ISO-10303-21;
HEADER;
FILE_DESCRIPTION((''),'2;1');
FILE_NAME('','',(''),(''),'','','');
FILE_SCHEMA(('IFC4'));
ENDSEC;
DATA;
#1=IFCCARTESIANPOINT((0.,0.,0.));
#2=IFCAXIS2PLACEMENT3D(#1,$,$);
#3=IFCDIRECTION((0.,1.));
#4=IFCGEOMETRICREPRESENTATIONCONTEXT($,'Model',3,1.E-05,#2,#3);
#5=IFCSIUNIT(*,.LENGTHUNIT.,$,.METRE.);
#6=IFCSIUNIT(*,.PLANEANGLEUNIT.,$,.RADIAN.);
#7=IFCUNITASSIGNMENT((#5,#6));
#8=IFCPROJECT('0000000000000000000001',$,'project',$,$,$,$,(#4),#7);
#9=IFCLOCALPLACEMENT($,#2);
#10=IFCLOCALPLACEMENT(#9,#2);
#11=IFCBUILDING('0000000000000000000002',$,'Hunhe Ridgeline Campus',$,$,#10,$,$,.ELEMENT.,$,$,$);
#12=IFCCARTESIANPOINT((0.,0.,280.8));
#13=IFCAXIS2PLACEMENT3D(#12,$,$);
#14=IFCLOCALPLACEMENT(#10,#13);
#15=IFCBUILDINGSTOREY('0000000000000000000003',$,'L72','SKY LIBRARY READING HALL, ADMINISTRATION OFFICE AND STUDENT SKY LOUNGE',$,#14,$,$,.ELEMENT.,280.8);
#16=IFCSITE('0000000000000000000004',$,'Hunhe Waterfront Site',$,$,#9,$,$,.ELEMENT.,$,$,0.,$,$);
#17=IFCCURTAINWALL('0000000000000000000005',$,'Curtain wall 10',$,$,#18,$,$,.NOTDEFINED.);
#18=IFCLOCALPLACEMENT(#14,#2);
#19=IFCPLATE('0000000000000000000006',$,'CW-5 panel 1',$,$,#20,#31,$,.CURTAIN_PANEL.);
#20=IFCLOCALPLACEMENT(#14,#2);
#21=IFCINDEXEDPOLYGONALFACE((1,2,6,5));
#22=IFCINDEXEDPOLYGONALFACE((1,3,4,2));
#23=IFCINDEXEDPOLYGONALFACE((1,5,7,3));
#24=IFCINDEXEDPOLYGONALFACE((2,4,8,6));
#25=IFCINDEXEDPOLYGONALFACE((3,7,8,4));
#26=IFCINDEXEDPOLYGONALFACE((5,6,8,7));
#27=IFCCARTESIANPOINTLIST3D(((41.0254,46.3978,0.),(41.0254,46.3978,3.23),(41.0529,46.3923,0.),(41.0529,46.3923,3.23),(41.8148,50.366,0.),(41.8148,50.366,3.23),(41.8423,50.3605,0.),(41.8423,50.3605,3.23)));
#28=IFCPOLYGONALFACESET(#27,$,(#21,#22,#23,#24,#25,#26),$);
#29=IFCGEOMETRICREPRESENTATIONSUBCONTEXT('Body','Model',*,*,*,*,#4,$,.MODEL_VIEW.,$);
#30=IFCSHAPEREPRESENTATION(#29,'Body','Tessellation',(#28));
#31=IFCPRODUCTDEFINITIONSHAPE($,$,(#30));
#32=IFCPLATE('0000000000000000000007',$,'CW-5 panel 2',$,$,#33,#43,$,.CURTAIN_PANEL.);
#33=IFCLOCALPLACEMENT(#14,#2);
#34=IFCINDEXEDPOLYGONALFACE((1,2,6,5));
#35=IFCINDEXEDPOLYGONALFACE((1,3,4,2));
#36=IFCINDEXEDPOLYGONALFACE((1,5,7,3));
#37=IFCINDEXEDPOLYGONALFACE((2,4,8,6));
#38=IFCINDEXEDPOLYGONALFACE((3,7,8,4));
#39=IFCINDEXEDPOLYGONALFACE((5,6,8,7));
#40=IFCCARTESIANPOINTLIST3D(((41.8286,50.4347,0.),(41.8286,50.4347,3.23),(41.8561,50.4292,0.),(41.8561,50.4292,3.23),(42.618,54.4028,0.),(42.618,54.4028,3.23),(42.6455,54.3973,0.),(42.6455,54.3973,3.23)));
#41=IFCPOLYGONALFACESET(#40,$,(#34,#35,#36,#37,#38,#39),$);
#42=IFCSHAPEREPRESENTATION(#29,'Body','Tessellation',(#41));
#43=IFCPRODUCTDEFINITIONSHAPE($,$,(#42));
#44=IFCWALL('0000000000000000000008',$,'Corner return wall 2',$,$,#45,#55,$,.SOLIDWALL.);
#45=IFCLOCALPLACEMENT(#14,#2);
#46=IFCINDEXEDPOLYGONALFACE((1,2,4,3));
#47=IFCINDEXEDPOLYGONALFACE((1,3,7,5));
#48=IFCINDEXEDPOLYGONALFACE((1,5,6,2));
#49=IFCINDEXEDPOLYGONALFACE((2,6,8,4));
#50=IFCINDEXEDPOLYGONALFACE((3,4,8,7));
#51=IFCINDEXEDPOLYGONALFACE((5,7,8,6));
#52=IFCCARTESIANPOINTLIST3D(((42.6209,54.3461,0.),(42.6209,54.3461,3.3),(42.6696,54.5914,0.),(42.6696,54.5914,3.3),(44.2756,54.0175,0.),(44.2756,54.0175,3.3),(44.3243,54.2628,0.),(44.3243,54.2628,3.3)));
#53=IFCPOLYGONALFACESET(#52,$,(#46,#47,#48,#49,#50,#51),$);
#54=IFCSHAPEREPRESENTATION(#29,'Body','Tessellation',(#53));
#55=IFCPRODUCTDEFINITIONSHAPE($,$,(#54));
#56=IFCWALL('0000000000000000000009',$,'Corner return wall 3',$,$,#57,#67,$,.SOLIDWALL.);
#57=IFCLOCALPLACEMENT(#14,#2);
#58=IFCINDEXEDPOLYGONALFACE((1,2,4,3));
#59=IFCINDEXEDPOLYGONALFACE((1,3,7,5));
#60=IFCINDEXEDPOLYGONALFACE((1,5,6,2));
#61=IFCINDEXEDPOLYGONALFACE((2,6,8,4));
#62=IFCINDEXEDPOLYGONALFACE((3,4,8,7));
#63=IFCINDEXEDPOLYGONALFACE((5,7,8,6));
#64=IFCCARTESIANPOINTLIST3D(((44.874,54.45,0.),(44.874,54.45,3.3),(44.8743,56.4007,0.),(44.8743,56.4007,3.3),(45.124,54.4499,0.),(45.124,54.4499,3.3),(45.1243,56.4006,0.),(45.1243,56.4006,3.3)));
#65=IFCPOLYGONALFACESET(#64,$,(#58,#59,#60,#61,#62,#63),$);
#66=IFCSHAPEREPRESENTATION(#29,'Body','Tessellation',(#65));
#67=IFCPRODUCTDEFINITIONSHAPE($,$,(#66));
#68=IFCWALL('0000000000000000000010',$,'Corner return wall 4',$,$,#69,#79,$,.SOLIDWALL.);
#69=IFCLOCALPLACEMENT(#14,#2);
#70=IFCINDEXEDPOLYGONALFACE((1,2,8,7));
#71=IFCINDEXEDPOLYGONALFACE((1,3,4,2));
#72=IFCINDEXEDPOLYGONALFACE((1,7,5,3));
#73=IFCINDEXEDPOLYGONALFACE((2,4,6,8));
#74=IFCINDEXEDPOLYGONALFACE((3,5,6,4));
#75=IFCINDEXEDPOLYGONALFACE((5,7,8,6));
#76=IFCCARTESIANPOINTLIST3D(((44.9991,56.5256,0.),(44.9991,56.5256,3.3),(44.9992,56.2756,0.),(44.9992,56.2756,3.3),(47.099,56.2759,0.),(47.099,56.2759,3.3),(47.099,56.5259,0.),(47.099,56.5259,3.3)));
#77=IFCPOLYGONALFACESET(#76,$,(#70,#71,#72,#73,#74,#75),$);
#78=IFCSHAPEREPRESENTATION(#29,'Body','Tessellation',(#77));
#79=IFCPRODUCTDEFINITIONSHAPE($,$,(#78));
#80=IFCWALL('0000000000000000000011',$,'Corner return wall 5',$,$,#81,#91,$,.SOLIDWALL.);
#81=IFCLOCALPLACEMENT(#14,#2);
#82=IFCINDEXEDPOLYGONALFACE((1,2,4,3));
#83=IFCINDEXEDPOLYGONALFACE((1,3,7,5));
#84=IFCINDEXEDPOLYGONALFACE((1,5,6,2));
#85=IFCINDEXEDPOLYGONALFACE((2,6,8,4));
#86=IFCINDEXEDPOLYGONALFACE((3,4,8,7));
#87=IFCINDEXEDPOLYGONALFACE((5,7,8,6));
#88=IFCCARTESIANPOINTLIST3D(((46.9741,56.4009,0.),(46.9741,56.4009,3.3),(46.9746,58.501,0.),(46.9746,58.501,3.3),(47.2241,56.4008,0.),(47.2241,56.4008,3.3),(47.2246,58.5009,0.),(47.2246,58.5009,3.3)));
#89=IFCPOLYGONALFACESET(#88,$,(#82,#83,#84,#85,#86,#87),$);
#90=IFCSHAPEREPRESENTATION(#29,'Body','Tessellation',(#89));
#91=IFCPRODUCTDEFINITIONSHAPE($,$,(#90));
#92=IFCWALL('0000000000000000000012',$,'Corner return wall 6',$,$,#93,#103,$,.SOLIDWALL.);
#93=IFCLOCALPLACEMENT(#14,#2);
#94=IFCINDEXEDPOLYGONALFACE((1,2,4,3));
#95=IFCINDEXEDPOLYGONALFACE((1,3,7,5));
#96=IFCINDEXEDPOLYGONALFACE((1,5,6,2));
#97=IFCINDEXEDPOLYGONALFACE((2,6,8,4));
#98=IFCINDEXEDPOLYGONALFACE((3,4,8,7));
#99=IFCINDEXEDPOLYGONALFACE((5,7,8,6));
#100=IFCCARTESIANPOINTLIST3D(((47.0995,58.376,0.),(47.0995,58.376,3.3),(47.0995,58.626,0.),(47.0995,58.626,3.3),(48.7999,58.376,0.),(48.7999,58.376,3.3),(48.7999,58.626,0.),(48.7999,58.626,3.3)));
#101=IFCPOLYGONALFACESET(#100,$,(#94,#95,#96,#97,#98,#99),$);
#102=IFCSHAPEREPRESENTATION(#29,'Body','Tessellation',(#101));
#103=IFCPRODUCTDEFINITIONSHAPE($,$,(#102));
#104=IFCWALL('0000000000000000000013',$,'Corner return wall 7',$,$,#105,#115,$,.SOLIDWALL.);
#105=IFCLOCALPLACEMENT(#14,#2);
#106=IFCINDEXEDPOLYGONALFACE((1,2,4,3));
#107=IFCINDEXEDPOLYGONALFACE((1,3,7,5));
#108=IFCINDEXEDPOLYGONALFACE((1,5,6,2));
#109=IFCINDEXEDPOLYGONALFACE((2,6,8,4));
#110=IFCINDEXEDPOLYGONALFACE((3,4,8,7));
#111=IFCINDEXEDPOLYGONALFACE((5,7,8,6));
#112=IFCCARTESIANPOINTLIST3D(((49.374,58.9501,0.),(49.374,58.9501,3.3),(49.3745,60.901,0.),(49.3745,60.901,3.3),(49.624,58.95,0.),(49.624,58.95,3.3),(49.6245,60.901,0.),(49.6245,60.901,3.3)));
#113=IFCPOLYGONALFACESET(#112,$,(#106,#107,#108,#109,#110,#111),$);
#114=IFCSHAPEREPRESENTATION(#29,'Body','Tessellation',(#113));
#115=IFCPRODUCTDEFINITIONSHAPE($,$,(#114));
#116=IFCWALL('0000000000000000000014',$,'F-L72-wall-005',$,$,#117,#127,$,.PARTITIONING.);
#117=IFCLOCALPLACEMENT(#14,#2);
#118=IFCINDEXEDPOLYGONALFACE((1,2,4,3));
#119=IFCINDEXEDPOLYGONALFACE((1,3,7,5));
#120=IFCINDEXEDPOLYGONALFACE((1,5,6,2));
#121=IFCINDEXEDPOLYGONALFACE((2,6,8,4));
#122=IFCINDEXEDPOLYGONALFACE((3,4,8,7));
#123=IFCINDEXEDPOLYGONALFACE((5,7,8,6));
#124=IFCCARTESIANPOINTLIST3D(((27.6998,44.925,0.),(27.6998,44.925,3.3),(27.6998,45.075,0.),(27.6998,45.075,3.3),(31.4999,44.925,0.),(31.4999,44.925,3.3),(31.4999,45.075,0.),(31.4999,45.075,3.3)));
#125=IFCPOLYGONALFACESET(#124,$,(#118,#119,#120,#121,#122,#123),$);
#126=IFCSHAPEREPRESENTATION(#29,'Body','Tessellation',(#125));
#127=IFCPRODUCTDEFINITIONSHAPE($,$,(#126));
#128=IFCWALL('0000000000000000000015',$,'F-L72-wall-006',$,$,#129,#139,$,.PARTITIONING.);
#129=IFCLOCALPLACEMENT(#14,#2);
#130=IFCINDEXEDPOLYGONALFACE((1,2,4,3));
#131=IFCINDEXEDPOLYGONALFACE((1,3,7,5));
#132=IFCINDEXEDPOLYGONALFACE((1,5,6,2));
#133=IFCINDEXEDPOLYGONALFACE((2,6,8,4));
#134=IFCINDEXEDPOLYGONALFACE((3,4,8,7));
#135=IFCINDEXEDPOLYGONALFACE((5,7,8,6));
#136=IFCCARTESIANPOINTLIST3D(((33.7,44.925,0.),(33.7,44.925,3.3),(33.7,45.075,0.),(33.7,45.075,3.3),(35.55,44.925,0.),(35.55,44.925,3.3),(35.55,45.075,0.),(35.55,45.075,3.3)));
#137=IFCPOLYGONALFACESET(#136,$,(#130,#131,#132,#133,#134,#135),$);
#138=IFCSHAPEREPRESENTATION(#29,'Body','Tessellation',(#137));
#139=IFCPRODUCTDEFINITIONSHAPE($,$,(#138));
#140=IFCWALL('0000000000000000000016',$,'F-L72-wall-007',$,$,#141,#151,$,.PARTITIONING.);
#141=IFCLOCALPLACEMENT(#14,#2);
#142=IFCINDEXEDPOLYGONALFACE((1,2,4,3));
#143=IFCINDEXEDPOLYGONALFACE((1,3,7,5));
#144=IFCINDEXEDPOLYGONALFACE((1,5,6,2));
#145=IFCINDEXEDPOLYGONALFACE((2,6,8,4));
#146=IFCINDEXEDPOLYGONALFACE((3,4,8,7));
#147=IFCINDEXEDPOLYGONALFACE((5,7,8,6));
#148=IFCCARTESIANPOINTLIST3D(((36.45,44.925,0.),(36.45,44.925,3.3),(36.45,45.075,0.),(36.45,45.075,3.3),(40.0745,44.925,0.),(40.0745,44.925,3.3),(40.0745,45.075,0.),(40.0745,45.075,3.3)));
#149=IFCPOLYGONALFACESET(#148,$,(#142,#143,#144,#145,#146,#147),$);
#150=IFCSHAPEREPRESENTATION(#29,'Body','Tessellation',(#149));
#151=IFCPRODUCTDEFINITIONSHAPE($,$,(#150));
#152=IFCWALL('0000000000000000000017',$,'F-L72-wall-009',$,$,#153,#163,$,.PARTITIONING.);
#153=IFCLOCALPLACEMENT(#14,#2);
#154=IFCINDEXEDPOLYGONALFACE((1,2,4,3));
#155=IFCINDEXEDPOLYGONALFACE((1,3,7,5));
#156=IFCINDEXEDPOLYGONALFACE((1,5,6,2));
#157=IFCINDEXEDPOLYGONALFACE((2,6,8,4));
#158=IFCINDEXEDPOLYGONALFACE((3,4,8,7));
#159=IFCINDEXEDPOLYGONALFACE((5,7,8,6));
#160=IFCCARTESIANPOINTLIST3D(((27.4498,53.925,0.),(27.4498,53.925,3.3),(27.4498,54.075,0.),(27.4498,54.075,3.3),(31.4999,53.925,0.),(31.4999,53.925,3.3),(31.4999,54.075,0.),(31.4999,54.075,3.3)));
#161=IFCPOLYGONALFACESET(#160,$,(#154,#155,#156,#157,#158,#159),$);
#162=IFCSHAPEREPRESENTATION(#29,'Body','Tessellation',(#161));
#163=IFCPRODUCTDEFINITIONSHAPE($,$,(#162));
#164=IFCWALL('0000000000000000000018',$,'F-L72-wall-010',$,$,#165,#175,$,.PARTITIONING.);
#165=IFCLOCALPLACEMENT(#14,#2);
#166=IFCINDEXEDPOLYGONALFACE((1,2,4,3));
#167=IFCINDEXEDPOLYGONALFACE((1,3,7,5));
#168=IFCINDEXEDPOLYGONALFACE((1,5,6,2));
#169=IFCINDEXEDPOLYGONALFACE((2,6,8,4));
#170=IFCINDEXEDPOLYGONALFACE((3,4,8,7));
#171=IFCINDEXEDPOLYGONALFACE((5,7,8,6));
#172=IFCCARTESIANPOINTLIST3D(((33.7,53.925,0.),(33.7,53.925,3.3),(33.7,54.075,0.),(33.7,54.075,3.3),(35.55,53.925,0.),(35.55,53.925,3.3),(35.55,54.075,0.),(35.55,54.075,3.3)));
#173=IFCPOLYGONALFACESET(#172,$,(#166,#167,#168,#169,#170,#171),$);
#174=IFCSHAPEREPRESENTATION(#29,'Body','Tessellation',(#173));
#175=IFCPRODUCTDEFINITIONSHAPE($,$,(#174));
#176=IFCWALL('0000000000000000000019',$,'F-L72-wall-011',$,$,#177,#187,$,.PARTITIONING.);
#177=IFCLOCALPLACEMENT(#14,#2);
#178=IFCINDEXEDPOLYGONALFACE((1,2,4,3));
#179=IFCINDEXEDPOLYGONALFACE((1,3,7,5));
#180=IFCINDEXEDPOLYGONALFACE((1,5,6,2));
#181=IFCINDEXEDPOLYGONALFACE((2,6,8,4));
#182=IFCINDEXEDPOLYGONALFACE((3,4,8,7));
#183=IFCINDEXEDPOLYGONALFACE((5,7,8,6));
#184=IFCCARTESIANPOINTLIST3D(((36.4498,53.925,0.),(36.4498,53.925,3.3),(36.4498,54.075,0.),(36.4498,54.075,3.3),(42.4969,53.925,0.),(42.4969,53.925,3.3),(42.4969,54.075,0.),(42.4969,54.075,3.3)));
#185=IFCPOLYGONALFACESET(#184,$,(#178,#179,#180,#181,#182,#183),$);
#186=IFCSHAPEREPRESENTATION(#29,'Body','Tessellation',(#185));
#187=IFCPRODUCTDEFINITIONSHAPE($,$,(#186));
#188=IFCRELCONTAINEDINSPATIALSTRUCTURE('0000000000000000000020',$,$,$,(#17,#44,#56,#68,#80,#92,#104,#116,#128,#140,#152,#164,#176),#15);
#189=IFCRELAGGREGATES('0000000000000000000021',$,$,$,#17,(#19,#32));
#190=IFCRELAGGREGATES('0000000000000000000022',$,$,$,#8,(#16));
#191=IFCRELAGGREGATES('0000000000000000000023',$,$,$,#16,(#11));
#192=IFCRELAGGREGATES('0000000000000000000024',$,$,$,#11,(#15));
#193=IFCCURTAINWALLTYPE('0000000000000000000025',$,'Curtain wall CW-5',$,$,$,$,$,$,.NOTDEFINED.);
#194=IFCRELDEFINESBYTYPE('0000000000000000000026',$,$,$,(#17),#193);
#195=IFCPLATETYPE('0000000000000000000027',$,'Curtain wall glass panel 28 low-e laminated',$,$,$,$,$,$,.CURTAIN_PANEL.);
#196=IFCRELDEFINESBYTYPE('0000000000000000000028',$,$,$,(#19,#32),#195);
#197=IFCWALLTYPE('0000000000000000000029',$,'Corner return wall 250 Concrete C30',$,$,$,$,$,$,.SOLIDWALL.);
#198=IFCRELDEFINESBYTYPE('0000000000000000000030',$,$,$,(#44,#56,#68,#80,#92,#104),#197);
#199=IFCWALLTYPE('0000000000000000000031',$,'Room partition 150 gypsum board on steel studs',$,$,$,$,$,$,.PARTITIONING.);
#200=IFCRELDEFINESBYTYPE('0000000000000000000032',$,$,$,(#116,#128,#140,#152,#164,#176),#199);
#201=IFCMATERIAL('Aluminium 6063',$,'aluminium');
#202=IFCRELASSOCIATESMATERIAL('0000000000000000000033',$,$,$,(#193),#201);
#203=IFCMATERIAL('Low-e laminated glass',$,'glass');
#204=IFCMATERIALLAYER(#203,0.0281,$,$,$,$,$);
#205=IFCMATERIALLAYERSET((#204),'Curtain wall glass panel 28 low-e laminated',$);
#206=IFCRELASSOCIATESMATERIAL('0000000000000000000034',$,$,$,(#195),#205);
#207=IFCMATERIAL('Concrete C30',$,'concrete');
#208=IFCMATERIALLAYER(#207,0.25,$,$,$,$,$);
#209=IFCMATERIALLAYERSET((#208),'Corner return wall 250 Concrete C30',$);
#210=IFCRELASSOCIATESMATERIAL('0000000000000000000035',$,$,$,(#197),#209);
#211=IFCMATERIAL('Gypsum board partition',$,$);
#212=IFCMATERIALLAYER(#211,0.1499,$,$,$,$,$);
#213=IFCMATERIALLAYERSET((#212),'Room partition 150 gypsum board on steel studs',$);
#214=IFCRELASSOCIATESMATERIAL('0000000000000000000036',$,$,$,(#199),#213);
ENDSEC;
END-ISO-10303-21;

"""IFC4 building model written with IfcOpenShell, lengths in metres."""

from ifc_helpers import new_model, si_unit, direction, frame, frame_2d, origin, origin_2d, place, context, subcontext, project, spatial, rectangle, extrude, material, layer, layer_set, type_object, element, aggregate, save


model = new_model("IFC4")

# Units and contexts
model_context = context("Model", 3, precision=1e-05, world=origin(), true_north=direction((0.0, 1.0)))
body_context = subcontext(model_context, "Body", "Model", "MODEL_VIEW")
ifc_project = project(units=[si_unit("LENGTHUNIT", "METRE"), si_unit("PLANEANGLEUNIT", "RADIAN")], contexts=[model_context])

# Site, building, storey
site_placement = place(None, origin())
site = spatial("IfcSite", under=ifc_project, at=site_placement, Name="Hunhe Waterfront Site", CompositionType="ELEMENT", RefElevation=0.0)
building_placement = place(site_placement, origin())
building = spatial("IfcBuilding", under=site, at=building_placement, Name="Hunhe Ridgeline Campus", CompositionType="ELEMENT")
storey_placement = place(building_placement, frame((0.0, 0.0, 280.8)))
storey = spatial("IfcBuildingStorey", under=building, at=storey_placement, Name="L72", Description="SKY LIBRARY READING HALL, ADMINISTRATION OFFICE AND STUDENT SKY LOUNGE", CompositionType="ELEMENT", Elevation=280.8)

# Curtain wall
ifc_material_1 = material(Name="Aluminium 6063", Category="aluminium")
curtain_wall_type = type_object("IfcCurtainWallType", Name="Curtain wall CW-5", PredefinedType="NOTDEFINED", material=ifc_material_1)
curtain_wall_1_placement = place(storey_placement, origin())
curtain_wall_1 = element("IfcCurtainWall", 1, at=curtain_wall_1_placement, inside=storey, type_object=curtain_wall_type, Name="Curtain wall 10", PredefinedType="NOTDEFINED")

# Plates
ifc_material_2 = material(Name="Low-e laminated glass", Category="glass")
ifc_layer_1 = layer(ifc_material_2, 0.0281)
ifc_layer_set_1 = layer_set([ifc_layer_1], Name="Curtain wall glass panel 28 low-e laminated")
plate_type = type_object("IfcPlateType", Name="Curtain wall glass panel 28 low-e laminated", PredefinedType="CURTAIN_PANEL", material=ifc_layer_set_1)
plate_1_placement = place(storey_placement, frame((41.4338, 48.3792, 0.0), z_axis=(0.0, 0.0, 1.0), x_axis=(0.195104, 0.980783, 0.0)))
plate_1 = element("IfcPlate", 2, at=plate_1_placement, type_object=plate_type, Name="CW-5 panel 1", PredefinedType="CURTAIN_PANEL", context=body_context, shape_type="SweptSolid", body=[
    extrude(rectangle(XDim=4.0459, YDim=0.0281, at=origin_2d()), origin(), (0.0, 0.0, 1.0), 3.23),
])
plate_2_placement = place(storey_placement, frame((42.2371, 52.416, 0.0), z_axis=(0.0, 0.0, 1.0), x_axis=(0.195104, 0.980783, 0.0)))
plate_2 = element("IfcPlate", 3, at=plate_2_placement, type_object=plate_type, Name="CW-5 panel 2", PredefinedType="CURTAIN_PANEL", context=body_context, shape_type="SweptSolid", body=[
    extrude(rectangle(XDim=4.0459, YDim=0.0281, at=origin_2d()), origin(), (0.0, 0.0, 1.0), 3.23),
])
aggregate(curtain_wall_1, [plate_1, plate_2])

# Walls
ifc_material_3 = material(Name="Concrete C30", Category="concrete")
ifc_layer_2 = layer(ifc_material_3, 0.25)
ifc_layer_set_2 = layer_set([ifc_layer_2], Name="Corner return wall 250 Concrete C30")
wall_type_1 = type_object("IfcWallType", Name="Corner return wall 250 Concrete C30", PredefinedType="SOLIDWALL", material=ifc_layer_set_2)
wall_1_placement = place(storey_placement, frame((42.6453, 54.4688, 0.0), z_axis=(0.0, 0.0, 1.0), x_axis=(0.980847, -0.19478, 0.0)))
element("IfcWall", 4, at=wall_1_placement, inside=storey, type_object=wall_type_1, Name="Corner return wall 2", PredefinedType="SOLIDWALL", context=body_context, shape_type="SweptSolid", body=[
    extrude(rectangle(XDim=1.687, YDim=0.25, at=frame_2d((0.8435, 0.0))), origin(), (0.0, 0.0, 1.0), 3.3),
])
wall_2_placement = place(storey_placement, frame((44.999, 54.45, 0.0), z_axis=(0.0, 0.0, 1.0), x_axis=(0.000125, 1.0, 0.0)))
element("IfcWall", 5, at=wall_2_placement, inside=storey, type_object=wall_type_1, Name="Corner return wall 3", PredefinedType="SOLIDWALL", context=body_context, shape_type="SweptSolid", body=[
    extrude(rectangle(XDim=1.9507, YDim=0.25, at=frame_2d((0.9753, 0.0))), origin(), (0.0, 0.0, 1.0), 3.3),
])
wall_3_placement = place(storey_placement, frame((44.9993, 56.4006, 0.0), z_axis=(0.0, 0.0, 1.0), x_axis=(1.0, 0.000116, 0.0)))
element("IfcWall", 6, at=wall_3_placement, inside=storey, type_object=wall_type_1, Name="Corner return wall 4", PredefinedType="SOLIDWALL", context=body_context, shape_type="SweptSolid", body=[
    extrude(rectangle(XDim=2.0999, YDim=0.25, at=frame_2d((1.0498, 0.0))), origin(), (0.0, 0.0, 1.0), 3.3),
])
wall_4_placement = place(storey_placement, frame((47.0991, 56.4009, 0.0), z_axis=(0.0, 0.0, 1.0), x_axis=(0.000233, 1.0, 0.0)))
element("IfcWall", 7, at=wall_4_placement, inside=storey, type_object=wall_type_1, Name="Corner return wall 5", PredefinedType="SOLIDWALL", context=body_context, shape_type="SweptSolid", body=[
    extrude(rectangle(XDim=2.1001, YDim=0.25, at=frame_2d((1.05, 0.0))), origin(), (0.0, 0.0, 1.0), 3.3),
])
wall_5_placement = place(storey_placement, frame((47.0996, 58.501, 0.0), z_axis=(0.0, 0.0, 1.0), x_axis=(1.0, 0.0, 0.0)))
element("IfcWall", 8, at=wall_5_placement, inside=storey, type_object=wall_type_1, Name="Corner return wall 6", PredefinedType="SOLIDWALL", context=body_context, shape_type="SweptSolid", body=[
    extrude(rectangle(XDim=1.7004, YDim=0.25, at=frame_2d((0.8501, 0.0))), origin(), (0.0, 0.0, 1.0), 3.3),
])
wall_6_placement = place(storey_placement, frame((49.499, 58.95, 0.0), z_axis=(0.0, 0.0, 1.0), x_axis=(0.00025, 1.0, 0.0)))
element("IfcWall", 9, at=wall_6_placement, inside=storey, type_object=wall_type_1, Name="Corner return wall 7", PredefinedType="SOLIDWALL", context=body_context, shape_type="SweptSolid", body=[
    extrude(rectangle(XDim=1.9509, YDim=0.25, at=frame_2d((0.9756, 0.0))), origin(), (0.0, 0.0, 1.0), 3.3),
])
ifc_material_4 = material(Name="Gypsum board partition")
ifc_layer_3 = layer(ifc_material_4, 0.1499)
ifc_layer_set_3 = layer_set([ifc_layer_3], Name="Room partition 150 gypsum board on steel studs")
wall_type_2 = type_object("IfcWallType", Name="Room partition 150 gypsum board on steel studs", PredefinedType="PARTITIONING", material=ifc_layer_set_3)
wall_7_placement = place(storey_placement, frame((27.7, 45.0, 0.0), z_axis=(0.0, 0.0, 1.0), x_axis=(1.0, 0.0, 0.0)))
element("IfcWall", 10, at=wall_7_placement, inside=storey, type_object=wall_type_2, Name="F-L72-wall-005", PredefinedType="PARTITIONING", context=body_context, shape_type="SweptSolid", body=[
    extrude(rectangle(XDim=3.8, YDim=0.1499, at=frame_2d((1.8999, 0.0))), origin(), (0.0, 0.0, 1.0), 3.3),
])
wall_8_placement = place(storey_placement, frame((33.7, 45.0, 0.0), z_axis=(0.0, 0.0, 1.0), x_axis=(1.0, 0.0, 0.0)))
element("IfcWall", 11, at=wall_8_placement, inside=storey, type_object=wall_type_2, Name="F-L72-wall-006", PredefinedType="PARTITIONING", context=body_context, shape_type="SweptSolid", body=[
    extrude(rectangle(XDim=1.8501, YDim=0.1499, at=frame_2d((0.925, 0.0))), origin(), (0.0, 0.0, 1.0), 3.3),
])
wall_9_placement = place(storey_placement, frame((36.45, 45.0, 0.0), z_axis=(0.0, 0.0, 1.0), x_axis=(1.0, 0.0, 0.0)))
element("IfcWall", 12, at=wall_9_placement, inside=storey, type_object=wall_type_2, Name="F-L72-wall-007", PredefinedType="PARTITIONING", context=body_context, shape_type="SweptSolid", body=[
    extrude(rectangle(XDim=3.6245, YDim=0.1499, at=frame_2d((1.8123, 0.0))), origin(), (0.0, 0.0, 1.0), 3.3),
])
wall_10_placement = place(storey_placement, frame((27.45, 54.0, 0.0), z_axis=(0.0, 0.0, 1.0), x_axis=(1.0, 0.0, 0.0)))
element("IfcWall", 13, at=wall_10_placement, inside=storey, type_object=wall_type_2, Name="F-L72-wall-009", PredefinedType="PARTITIONING", context=body_context, shape_type="SweptSolid", body=[
    extrude(rectangle(XDim=4.05, YDim=0.1499, at=frame_2d((2.0249, 0.0))), origin(), (0.0, 0.0, 1.0), 3.3),
])
wall_11_placement = place(storey_placement, frame((33.7, 54.0, 0.0), z_axis=(0.0, 0.0, 1.0), x_axis=(1.0, 0.0, 0.0)))
element("IfcWall", 14, at=wall_11_placement, inside=storey, type_object=wall_type_2, Name="F-L72-wall-010", PredefinedType="PARTITIONING", context=body_context, shape_type="SweptSolid", body=[
    extrude(rectangle(XDim=1.8501, YDim=0.1499, at=frame_2d((0.925, 0.0))), origin(), (0.0, 0.0, 1.0), 3.3),
])
wall_12_placement = place(storey_placement, frame((36.45, 54.0, 0.0), z_axis=(0.0, 0.0, 1.0), x_axis=(1.0, 0.0, 0.0)))
element("IfcWall", 15, at=wall_12_placement, inside=storey, type_object=wall_type_2, Name="F-L72-wall-011", PredefinedType="PARTITIONING", context=body_context, shape_type="SweptSolid", body=[
    extrude(rectangle(XDim=6.0471, YDim=0.1499, at=frame_2d((3.0234, 0.0))), origin(), (0.0, 0.0, 1.0), 3.3),
])

save(model, "model.ifc")
